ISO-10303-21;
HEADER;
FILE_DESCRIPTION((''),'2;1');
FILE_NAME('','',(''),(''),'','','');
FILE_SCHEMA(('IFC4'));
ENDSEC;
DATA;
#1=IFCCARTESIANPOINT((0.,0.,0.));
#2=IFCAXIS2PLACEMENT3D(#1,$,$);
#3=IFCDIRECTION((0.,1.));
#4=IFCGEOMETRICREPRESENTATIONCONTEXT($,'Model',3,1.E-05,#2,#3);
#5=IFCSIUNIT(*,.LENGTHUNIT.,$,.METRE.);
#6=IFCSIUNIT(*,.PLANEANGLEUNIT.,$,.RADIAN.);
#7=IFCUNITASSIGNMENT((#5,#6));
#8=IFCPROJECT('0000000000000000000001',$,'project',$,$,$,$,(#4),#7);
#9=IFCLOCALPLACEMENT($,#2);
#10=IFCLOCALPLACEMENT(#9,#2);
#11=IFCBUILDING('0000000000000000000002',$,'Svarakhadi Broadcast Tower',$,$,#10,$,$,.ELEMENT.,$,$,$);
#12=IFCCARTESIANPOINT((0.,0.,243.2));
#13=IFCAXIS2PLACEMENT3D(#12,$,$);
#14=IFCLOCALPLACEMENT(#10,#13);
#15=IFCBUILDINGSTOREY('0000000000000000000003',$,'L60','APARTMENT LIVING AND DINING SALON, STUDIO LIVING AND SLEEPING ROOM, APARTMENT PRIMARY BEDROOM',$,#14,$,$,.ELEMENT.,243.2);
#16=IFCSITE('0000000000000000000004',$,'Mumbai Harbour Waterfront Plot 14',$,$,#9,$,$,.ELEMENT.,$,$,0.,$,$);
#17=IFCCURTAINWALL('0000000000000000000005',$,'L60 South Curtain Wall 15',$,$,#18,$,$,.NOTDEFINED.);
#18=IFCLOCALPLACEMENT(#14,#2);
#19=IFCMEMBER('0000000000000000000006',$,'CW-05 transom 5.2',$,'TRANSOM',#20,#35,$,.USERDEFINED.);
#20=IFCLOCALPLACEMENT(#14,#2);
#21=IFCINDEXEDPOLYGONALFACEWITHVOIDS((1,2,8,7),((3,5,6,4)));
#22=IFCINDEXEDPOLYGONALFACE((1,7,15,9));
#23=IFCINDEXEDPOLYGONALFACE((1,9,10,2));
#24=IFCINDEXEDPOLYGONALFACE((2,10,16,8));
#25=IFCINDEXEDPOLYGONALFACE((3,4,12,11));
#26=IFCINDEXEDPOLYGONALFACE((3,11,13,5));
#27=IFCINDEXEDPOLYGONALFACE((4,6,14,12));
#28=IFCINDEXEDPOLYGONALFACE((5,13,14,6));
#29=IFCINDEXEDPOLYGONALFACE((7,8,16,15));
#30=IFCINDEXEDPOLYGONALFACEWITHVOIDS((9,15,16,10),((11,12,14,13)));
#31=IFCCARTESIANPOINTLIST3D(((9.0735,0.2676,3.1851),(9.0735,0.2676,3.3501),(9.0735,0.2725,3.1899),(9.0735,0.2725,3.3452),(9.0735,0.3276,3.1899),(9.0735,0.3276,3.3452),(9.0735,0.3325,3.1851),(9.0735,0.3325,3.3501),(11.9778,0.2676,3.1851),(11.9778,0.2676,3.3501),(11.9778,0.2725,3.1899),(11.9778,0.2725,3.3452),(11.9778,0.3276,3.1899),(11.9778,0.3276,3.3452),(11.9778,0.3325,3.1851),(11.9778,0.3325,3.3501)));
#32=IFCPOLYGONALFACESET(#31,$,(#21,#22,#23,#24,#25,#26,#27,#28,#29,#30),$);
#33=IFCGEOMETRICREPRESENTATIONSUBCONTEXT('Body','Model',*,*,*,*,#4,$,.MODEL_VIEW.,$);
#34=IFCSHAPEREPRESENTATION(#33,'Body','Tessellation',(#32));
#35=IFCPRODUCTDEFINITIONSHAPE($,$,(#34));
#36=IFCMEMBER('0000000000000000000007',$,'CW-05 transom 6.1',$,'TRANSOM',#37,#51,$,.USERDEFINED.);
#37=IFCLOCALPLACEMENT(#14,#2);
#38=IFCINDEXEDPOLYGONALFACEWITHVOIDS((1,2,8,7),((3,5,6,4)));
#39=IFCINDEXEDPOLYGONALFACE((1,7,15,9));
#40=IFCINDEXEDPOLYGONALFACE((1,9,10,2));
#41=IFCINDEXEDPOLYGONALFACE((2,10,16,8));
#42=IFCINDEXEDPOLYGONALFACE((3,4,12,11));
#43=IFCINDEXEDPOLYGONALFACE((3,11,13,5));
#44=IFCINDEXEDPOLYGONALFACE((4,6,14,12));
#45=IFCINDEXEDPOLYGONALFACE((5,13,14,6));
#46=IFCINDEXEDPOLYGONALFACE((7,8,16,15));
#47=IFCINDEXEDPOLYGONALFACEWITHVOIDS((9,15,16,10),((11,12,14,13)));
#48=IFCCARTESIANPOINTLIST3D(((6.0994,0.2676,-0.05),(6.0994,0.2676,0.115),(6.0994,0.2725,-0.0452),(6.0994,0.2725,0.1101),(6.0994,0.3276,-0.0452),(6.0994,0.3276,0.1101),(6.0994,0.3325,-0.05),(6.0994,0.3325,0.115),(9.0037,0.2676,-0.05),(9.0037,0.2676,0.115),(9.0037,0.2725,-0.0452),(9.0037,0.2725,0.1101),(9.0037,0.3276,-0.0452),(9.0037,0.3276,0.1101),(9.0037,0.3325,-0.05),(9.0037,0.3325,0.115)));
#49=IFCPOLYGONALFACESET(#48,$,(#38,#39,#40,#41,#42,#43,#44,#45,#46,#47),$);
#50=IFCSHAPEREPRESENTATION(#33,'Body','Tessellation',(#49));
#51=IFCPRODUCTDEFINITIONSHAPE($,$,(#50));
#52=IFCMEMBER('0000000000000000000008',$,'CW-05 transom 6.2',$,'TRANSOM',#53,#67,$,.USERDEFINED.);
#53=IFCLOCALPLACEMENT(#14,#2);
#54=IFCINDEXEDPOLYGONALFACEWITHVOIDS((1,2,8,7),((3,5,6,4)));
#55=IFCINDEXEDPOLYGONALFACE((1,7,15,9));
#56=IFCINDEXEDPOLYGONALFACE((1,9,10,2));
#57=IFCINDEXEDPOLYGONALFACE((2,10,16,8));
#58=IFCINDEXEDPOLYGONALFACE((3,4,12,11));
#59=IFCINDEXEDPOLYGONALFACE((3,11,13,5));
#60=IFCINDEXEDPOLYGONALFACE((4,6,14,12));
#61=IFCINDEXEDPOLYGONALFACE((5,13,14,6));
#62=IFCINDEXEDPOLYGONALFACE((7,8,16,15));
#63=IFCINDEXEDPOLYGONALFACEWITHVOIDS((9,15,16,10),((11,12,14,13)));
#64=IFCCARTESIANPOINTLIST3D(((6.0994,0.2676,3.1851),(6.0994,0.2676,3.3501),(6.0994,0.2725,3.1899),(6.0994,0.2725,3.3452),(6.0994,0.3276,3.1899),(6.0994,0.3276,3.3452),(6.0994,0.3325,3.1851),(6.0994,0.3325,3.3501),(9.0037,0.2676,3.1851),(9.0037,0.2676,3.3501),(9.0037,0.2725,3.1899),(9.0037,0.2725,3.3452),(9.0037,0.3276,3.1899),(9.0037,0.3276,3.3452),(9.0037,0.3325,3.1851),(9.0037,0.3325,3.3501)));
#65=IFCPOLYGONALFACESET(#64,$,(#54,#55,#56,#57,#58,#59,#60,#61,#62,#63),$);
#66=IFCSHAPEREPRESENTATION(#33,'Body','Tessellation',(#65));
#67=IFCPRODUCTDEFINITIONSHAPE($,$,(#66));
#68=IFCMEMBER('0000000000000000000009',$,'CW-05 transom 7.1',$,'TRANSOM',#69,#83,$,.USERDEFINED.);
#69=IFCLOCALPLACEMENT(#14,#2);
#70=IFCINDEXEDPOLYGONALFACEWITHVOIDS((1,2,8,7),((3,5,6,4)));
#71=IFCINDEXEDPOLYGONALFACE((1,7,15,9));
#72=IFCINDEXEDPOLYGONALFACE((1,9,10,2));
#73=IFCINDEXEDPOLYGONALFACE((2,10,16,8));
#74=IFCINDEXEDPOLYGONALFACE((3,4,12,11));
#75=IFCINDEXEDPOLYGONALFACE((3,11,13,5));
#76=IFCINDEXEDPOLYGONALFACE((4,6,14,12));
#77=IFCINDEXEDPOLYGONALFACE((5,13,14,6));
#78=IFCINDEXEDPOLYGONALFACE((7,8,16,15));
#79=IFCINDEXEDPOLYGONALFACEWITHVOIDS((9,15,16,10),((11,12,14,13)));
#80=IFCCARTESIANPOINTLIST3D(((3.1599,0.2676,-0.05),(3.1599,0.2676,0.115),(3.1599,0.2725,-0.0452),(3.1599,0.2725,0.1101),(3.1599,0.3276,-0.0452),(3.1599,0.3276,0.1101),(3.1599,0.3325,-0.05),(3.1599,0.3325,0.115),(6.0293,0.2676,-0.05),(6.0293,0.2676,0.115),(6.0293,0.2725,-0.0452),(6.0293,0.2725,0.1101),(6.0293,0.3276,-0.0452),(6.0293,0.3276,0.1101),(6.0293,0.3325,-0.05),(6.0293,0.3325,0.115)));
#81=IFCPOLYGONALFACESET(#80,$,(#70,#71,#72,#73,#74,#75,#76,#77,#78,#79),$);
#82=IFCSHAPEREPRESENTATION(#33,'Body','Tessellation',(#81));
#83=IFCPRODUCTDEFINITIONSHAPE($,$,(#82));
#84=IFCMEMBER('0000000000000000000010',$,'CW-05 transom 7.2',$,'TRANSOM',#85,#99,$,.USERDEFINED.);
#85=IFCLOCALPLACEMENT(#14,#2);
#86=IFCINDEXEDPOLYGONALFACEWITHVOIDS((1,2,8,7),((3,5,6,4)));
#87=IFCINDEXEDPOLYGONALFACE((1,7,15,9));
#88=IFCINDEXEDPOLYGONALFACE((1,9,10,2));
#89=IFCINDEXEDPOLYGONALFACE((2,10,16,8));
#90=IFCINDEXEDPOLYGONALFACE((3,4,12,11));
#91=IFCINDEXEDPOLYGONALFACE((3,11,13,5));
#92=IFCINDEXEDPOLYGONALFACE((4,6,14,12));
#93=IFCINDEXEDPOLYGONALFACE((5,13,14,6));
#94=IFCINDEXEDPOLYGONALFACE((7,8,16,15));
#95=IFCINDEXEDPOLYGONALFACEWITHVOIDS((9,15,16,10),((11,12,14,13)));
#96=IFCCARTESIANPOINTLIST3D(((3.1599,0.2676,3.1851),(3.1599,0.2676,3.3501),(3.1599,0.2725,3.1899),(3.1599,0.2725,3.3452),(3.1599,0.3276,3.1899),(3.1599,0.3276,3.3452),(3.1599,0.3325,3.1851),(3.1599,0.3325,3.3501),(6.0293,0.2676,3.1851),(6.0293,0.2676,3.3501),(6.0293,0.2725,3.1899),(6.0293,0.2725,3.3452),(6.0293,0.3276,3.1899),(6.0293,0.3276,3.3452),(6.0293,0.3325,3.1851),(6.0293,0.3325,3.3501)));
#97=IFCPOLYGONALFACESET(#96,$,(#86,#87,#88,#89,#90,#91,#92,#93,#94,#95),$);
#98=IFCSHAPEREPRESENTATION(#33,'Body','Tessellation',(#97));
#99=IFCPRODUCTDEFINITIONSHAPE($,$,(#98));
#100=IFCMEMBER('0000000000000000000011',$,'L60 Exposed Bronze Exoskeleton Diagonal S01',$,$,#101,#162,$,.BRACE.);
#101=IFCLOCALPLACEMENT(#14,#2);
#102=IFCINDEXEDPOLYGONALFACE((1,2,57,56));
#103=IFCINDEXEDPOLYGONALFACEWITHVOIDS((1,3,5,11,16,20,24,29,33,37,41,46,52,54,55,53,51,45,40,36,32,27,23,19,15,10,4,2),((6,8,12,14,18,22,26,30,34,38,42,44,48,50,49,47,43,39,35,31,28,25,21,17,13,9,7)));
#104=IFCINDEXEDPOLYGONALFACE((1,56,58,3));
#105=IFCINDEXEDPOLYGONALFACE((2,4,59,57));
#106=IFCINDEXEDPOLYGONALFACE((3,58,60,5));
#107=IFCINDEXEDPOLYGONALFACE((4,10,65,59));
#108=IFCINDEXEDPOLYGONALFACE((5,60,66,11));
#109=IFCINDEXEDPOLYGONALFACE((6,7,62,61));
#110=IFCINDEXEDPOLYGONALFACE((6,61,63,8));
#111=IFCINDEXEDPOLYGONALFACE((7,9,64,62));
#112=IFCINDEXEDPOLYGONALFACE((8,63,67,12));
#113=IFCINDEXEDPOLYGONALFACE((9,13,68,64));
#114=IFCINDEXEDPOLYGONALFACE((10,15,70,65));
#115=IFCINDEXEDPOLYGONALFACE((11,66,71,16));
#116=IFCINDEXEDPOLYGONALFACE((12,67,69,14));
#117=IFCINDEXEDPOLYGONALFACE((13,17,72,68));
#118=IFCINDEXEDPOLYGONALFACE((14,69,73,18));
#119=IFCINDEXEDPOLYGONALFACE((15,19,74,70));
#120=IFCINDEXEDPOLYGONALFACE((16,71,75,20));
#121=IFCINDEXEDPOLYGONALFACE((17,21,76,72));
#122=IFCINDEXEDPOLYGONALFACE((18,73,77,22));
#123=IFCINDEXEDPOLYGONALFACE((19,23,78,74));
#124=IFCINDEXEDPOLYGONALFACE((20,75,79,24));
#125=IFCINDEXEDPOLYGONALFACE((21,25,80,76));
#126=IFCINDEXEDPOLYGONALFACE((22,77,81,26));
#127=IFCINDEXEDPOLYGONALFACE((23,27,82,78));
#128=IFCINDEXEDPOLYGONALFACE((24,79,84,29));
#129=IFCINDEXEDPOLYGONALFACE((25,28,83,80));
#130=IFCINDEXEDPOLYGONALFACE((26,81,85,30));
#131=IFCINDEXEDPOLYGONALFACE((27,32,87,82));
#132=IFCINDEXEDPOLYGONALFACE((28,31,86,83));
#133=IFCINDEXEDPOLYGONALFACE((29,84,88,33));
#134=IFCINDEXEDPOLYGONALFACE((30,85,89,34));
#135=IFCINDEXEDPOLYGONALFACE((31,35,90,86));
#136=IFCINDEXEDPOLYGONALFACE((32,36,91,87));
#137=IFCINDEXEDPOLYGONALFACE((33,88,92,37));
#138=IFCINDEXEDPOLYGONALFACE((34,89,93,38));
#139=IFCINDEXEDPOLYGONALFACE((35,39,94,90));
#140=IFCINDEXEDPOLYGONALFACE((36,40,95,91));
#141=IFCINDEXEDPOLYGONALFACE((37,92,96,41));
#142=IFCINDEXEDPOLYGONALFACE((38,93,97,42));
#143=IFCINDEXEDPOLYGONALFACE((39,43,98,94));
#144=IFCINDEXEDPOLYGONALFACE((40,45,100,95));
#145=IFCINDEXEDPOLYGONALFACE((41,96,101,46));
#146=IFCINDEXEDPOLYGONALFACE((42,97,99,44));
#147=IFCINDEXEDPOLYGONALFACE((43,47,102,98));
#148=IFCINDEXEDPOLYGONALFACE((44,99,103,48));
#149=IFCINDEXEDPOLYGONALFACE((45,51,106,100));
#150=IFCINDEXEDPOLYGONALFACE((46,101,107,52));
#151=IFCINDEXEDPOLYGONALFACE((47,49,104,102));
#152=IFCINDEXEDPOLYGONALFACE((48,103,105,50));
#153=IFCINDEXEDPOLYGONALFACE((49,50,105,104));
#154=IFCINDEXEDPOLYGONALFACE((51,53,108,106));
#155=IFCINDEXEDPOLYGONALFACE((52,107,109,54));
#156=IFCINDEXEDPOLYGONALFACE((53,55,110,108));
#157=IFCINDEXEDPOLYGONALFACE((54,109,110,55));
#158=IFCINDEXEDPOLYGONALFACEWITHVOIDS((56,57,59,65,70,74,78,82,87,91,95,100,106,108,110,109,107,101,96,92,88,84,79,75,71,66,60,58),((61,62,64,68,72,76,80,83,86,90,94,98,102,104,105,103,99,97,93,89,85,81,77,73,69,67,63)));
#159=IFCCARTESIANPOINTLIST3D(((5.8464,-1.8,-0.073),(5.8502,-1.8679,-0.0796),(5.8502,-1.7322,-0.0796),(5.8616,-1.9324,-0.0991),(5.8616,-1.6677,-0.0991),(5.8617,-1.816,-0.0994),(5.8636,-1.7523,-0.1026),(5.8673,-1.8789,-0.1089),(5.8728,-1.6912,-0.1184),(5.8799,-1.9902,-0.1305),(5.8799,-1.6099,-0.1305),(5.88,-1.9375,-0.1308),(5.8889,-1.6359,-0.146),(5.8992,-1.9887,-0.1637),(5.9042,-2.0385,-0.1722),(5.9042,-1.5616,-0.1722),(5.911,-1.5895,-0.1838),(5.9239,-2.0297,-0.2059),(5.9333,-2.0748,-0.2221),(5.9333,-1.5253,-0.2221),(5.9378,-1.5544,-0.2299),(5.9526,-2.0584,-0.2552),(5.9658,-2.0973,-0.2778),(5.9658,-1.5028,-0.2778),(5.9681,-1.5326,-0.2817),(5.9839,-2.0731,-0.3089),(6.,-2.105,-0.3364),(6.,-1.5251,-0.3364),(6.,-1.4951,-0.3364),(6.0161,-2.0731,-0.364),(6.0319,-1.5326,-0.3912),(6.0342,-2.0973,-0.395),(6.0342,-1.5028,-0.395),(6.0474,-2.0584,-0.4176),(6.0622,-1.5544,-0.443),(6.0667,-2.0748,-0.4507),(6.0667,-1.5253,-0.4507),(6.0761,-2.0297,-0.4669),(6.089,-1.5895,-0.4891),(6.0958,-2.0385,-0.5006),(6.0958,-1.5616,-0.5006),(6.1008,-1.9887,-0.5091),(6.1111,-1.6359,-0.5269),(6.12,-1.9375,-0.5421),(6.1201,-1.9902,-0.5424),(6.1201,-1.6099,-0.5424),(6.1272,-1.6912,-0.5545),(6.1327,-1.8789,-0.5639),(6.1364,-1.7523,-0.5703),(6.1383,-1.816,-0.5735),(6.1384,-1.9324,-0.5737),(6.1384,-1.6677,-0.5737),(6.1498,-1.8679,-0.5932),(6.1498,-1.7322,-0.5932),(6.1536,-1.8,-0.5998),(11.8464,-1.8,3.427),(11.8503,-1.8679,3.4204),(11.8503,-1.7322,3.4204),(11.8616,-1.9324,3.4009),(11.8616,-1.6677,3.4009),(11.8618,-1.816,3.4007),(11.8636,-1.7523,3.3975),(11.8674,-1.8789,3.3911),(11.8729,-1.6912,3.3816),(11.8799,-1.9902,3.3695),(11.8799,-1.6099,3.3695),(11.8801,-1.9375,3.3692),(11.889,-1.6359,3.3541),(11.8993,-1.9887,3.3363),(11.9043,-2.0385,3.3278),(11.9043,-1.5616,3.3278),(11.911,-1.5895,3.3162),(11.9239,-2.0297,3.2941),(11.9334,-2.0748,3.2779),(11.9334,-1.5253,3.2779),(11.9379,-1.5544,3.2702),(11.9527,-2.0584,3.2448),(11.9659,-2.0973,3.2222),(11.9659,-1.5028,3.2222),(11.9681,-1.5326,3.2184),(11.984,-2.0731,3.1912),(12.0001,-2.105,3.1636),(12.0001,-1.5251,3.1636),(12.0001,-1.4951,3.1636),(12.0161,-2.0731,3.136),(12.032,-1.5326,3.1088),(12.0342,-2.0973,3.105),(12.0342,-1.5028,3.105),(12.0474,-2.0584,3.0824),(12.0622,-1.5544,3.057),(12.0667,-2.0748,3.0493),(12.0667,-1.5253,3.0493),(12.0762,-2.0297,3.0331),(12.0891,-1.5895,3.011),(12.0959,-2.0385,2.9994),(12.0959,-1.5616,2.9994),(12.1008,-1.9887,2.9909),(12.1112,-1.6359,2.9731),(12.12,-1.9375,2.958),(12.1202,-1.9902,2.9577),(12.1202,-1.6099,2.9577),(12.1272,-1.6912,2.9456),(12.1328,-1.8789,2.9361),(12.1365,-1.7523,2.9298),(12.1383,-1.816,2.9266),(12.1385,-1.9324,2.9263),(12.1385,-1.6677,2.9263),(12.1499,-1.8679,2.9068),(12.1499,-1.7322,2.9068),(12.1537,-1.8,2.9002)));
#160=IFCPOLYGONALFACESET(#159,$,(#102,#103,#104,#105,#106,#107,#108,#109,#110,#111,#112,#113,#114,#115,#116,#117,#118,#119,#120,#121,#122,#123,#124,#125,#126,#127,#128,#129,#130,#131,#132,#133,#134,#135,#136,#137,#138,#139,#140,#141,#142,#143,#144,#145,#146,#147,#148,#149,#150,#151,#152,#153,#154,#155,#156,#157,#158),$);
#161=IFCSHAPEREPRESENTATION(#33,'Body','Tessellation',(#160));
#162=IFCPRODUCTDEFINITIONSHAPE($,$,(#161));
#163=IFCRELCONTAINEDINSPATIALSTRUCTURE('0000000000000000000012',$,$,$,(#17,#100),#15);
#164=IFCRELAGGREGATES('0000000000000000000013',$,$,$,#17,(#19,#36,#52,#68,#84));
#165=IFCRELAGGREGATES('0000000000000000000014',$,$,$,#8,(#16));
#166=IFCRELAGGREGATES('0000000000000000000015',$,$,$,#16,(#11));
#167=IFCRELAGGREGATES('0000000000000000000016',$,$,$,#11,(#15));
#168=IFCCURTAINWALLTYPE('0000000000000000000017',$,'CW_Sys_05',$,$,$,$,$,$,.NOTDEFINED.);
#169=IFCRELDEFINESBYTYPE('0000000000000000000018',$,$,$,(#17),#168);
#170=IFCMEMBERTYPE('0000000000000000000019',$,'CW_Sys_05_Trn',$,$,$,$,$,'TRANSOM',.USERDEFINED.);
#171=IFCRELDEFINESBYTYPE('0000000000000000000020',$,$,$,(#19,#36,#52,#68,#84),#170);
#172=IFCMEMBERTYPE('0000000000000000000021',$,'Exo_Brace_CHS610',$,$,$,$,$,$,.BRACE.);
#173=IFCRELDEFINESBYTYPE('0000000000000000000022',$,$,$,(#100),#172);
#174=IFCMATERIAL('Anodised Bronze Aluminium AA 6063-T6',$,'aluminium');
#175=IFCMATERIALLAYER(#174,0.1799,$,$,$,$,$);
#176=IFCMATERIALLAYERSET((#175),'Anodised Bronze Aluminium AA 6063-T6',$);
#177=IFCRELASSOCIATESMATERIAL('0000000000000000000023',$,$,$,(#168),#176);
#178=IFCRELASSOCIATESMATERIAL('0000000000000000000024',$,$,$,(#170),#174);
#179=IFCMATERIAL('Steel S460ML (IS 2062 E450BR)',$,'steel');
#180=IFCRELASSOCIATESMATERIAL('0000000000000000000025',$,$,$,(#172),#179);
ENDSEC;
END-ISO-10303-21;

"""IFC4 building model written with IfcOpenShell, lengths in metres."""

from ifc_helpers import new_model, si_unit, direction, frame, origin, origin_2d, place, context, subcontext, project, spatial, hollow_rectangle, hollow_circle, extrude, material, layer, layer_set, material_profile, profile_set, type_object, element, aggregate, save


model = new_model("IFC4")

# Units and contexts
model_context = context("Model", 3, precision=1e-05, world=origin(), true_north=direction((0.0, 1.0)))
body_context = subcontext(model_context, "Body", "Model", "MODEL_VIEW")
ifc_project = project(units=[si_unit("LENGTHUNIT", "METRE"), si_unit("PLANEANGLEUNIT", "RADIAN")], contexts=[model_context])

# Site, building, storey
site_placement = place(None, origin())
site = spatial("IfcSite", under=ifc_project, at=site_placement, Name="Mumbai Harbour Waterfront Plot 14", CompositionType="ELEMENT", RefElevation=0.0)
building_placement = place(site_placement, origin())
building = spatial("IfcBuilding", under=site, at=building_placement, Name="Svarakhadi Broadcast Tower", CompositionType="ELEMENT")
storey_placement = place(building_placement, frame((0.0, 0.0, 243.2)))
storey = spatial("IfcBuildingStorey", under=building, at=storey_placement, Name="L60", Description="APARTMENT LIVING AND DINING SALON, STUDIO LIVING AND SLEEPING ROOM, APARTMENT PRIMARY BEDROOM", CompositionType="ELEMENT", Elevation=243.2)

# Shared definitions
ifc_material_1 = material(Name="Steel S460ML (IS 2062 E450BR)", Category="steel")

# Curtain wall, members
ifc_material_2 = material(Name="Anodised Bronze Aluminium AA 6063-T6", Category="aluminium")
ifc_layer_1 = layer(ifc_material_2, 0.1799)
ifc_layer_set_1 = layer_set([ifc_layer_1], Name="Anodised Bronze Aluminium AA 6063-T6")
curtain_wall_type = type_object("IfcCurtainWallType", Name="CW_Sys_05", PredefinedType="NOTDEFINED", material=ifc_layer_set_1)
curtain_wall_placement = place(storey_placement, origin())
curtain_wall = element("IfcCurtainWall", 1, at=curtain_wall_placement, inside=storey, type_object=curtain_wall_type, Name="L60 South Curtain Wall 15", PredefinedType="NOTDEFINED")
ifc_material_profile_1 = material_profile(ifc_material_2, hollow_rectangle(XDim=0.0649, YDim=0.165, WallThickness=0.0049, at=origin_2d()), Name="ALU TRANSOM 165x65x5")
ifc_profile_set_1 = profile_set([ifc_material_profile_1], Name="Anodised Bronze Aluminium AA 6063-T6")
member_type_1 = type_object("IfcMemberType", Name="CW_Sys_05_Trn", ElementType="TRANSOM", PredefinedType="USERDEFINED", material=ifc_profile_set_1)
member_1_placement = place(storey_placement, frame((11.9778, 0.3, 3.2676), z_axis=(-1.0, 0.0, 0.0), x_axis=(0.0, -1.0, 0.0)))
member_1 = element("IfcMember", 2, at=member_1_placement, type_object=member_type_1, Name="CW-05 transom 5.2", ObjectType="TRANSOM", PredefinedType="USERDEFINED", context=body_context, shape_type="SweptSolid", body=[
    extrude(hollow_rectangle(XDim=0.0649, YDim=0.165, WallThickness=0.0049, at=origin_2d()), origin(), (0.0, 0.0, 1.0), 2.9043),
])
member_2_placement = place(storey_placement, frame((9.0037, 0.3, 0.0325), z_axis=(-1.0, 0.0, 0.0), x_axis=(0.0, -1.0, 0.0)))
member_2 = element("IfcMember", 3, at=member_2_placement, type_object=member_type_1, Name="CW-05 transom 6.1", ObjectType="TRANSOM", PredefinedType="USERDEFINED", context=body_context, shape_type="SweptSolid", body=[
    extrude(hollow_rectangle(XDim=0.0649, YDim=0.165, WallThickness=0.0049, at=origin_2d()), origin(), (0.0, 0.0, 1.0), 2.9043),
])
member_3_placement = place(storey_placement, frame((9.0037, 0.3, 3.2676), z_axis=(-1.0, 0.0, 0.0), x_axis=(0.0, -1.0, 0.0)))
member_3 = element("IfcMember", 4, at=member_3_placement, type_object=member_type_1, Name="CW-05 transom 6.2", ObjectType="TRANSOM", PredefinedType="USERDEFINED", context=body_context, shape_type="SweptSolid", body=[
    extrude(hollow_rectangle(XDim=0.0649, YDim=0.165, WallThickness=0.0049, at=origin_2d()), origin(), (0.0, 0.0, 1.0), 2.9043),
])
member_4_placement = place(storey_placement, frame((6.0293, 0.3, 0.0325), z_axis=(-1.0, 0.0, 0.0), x_axis=(0.0, -1.0, 0.0)))
member_4 = element("IfcMember", 5, at=member_4_placement, type_object=member_type_1, Name="CW-05 transom 7.1", ObjectType="TRANSOM", PredefinedType="USERDEFINED", context=body_context, shape_type="SweptSolid", body=[
    extrude(hollow_rectangle(XDim=0.0649, YDim=0.165, WallThickness=0.0049, at=origin_2d()), origin(), (0.0, 0.0, 1.0), 2.8694),
])
member_5_placement = place(storey_placement, frame((6.0293, 0.3, 3.2676), z_axis=(-1.0, 0.0, 0.0), x_axis=(0.0, -1.0, 0.0)))
member_5 = element("IfcMember", 6, at=member_5_placement, type_object=member_type_1, Name="CW-05 transom 7.2", ObjectType="TRANSOM", PredefinedType="USERDEFINED", context=body_context, shape_type="SweptSolid", body=[
    extrude(hollow_rectangle(XDim=0.0649, YDim=0.165, WallThickness=0.0049, at=origin_2d()), origin(), (0.0, 0.0, 1.0), 2.8694),
])

# Member
ifc_material_profile_2 = material_profile(ifc_material_1, hollow_circle(Radius=0.3049, WallThickness=0.03, at=origin_2d()), Name="CHS 610x30")
ifc_profile_set_2 = profile_set([ifc_material_profile_2], Name="Steel S460ML (IS 2062 E450BR)")
member_type_2 = type_object("IfcMemberType", Name="Exo_Brace_CHS610", PredefinedType="BRACE", material=ifc_profile_set_2)
member_6_placement = place(storey_placement, frame((6.0, -1.8, -0.3364), z_axis=(0.863779, 0.0, 0.503871), x_axis=(0.0, 1.0, 0.0)))
element("IfcMember", 7, at=member_6_placement, inside=storey, type_object=member_type_2, Name="L60 Exposed Bronze Exoskeleton Diagonal S01", PredefinedType="BRACE", context=body_context, shape_type="SweptSolid", body=[
    extrude(hollow_circle(Radius=0.3049, WallThickness=0.03, at=origin_2d()), origin(), (0.0, 0.0, 1.0), 6.9463),
])

aggregate(curtain_wall, [member_1, member_2, member_3, member_4, member_5])

save(model, "model.ifc")
